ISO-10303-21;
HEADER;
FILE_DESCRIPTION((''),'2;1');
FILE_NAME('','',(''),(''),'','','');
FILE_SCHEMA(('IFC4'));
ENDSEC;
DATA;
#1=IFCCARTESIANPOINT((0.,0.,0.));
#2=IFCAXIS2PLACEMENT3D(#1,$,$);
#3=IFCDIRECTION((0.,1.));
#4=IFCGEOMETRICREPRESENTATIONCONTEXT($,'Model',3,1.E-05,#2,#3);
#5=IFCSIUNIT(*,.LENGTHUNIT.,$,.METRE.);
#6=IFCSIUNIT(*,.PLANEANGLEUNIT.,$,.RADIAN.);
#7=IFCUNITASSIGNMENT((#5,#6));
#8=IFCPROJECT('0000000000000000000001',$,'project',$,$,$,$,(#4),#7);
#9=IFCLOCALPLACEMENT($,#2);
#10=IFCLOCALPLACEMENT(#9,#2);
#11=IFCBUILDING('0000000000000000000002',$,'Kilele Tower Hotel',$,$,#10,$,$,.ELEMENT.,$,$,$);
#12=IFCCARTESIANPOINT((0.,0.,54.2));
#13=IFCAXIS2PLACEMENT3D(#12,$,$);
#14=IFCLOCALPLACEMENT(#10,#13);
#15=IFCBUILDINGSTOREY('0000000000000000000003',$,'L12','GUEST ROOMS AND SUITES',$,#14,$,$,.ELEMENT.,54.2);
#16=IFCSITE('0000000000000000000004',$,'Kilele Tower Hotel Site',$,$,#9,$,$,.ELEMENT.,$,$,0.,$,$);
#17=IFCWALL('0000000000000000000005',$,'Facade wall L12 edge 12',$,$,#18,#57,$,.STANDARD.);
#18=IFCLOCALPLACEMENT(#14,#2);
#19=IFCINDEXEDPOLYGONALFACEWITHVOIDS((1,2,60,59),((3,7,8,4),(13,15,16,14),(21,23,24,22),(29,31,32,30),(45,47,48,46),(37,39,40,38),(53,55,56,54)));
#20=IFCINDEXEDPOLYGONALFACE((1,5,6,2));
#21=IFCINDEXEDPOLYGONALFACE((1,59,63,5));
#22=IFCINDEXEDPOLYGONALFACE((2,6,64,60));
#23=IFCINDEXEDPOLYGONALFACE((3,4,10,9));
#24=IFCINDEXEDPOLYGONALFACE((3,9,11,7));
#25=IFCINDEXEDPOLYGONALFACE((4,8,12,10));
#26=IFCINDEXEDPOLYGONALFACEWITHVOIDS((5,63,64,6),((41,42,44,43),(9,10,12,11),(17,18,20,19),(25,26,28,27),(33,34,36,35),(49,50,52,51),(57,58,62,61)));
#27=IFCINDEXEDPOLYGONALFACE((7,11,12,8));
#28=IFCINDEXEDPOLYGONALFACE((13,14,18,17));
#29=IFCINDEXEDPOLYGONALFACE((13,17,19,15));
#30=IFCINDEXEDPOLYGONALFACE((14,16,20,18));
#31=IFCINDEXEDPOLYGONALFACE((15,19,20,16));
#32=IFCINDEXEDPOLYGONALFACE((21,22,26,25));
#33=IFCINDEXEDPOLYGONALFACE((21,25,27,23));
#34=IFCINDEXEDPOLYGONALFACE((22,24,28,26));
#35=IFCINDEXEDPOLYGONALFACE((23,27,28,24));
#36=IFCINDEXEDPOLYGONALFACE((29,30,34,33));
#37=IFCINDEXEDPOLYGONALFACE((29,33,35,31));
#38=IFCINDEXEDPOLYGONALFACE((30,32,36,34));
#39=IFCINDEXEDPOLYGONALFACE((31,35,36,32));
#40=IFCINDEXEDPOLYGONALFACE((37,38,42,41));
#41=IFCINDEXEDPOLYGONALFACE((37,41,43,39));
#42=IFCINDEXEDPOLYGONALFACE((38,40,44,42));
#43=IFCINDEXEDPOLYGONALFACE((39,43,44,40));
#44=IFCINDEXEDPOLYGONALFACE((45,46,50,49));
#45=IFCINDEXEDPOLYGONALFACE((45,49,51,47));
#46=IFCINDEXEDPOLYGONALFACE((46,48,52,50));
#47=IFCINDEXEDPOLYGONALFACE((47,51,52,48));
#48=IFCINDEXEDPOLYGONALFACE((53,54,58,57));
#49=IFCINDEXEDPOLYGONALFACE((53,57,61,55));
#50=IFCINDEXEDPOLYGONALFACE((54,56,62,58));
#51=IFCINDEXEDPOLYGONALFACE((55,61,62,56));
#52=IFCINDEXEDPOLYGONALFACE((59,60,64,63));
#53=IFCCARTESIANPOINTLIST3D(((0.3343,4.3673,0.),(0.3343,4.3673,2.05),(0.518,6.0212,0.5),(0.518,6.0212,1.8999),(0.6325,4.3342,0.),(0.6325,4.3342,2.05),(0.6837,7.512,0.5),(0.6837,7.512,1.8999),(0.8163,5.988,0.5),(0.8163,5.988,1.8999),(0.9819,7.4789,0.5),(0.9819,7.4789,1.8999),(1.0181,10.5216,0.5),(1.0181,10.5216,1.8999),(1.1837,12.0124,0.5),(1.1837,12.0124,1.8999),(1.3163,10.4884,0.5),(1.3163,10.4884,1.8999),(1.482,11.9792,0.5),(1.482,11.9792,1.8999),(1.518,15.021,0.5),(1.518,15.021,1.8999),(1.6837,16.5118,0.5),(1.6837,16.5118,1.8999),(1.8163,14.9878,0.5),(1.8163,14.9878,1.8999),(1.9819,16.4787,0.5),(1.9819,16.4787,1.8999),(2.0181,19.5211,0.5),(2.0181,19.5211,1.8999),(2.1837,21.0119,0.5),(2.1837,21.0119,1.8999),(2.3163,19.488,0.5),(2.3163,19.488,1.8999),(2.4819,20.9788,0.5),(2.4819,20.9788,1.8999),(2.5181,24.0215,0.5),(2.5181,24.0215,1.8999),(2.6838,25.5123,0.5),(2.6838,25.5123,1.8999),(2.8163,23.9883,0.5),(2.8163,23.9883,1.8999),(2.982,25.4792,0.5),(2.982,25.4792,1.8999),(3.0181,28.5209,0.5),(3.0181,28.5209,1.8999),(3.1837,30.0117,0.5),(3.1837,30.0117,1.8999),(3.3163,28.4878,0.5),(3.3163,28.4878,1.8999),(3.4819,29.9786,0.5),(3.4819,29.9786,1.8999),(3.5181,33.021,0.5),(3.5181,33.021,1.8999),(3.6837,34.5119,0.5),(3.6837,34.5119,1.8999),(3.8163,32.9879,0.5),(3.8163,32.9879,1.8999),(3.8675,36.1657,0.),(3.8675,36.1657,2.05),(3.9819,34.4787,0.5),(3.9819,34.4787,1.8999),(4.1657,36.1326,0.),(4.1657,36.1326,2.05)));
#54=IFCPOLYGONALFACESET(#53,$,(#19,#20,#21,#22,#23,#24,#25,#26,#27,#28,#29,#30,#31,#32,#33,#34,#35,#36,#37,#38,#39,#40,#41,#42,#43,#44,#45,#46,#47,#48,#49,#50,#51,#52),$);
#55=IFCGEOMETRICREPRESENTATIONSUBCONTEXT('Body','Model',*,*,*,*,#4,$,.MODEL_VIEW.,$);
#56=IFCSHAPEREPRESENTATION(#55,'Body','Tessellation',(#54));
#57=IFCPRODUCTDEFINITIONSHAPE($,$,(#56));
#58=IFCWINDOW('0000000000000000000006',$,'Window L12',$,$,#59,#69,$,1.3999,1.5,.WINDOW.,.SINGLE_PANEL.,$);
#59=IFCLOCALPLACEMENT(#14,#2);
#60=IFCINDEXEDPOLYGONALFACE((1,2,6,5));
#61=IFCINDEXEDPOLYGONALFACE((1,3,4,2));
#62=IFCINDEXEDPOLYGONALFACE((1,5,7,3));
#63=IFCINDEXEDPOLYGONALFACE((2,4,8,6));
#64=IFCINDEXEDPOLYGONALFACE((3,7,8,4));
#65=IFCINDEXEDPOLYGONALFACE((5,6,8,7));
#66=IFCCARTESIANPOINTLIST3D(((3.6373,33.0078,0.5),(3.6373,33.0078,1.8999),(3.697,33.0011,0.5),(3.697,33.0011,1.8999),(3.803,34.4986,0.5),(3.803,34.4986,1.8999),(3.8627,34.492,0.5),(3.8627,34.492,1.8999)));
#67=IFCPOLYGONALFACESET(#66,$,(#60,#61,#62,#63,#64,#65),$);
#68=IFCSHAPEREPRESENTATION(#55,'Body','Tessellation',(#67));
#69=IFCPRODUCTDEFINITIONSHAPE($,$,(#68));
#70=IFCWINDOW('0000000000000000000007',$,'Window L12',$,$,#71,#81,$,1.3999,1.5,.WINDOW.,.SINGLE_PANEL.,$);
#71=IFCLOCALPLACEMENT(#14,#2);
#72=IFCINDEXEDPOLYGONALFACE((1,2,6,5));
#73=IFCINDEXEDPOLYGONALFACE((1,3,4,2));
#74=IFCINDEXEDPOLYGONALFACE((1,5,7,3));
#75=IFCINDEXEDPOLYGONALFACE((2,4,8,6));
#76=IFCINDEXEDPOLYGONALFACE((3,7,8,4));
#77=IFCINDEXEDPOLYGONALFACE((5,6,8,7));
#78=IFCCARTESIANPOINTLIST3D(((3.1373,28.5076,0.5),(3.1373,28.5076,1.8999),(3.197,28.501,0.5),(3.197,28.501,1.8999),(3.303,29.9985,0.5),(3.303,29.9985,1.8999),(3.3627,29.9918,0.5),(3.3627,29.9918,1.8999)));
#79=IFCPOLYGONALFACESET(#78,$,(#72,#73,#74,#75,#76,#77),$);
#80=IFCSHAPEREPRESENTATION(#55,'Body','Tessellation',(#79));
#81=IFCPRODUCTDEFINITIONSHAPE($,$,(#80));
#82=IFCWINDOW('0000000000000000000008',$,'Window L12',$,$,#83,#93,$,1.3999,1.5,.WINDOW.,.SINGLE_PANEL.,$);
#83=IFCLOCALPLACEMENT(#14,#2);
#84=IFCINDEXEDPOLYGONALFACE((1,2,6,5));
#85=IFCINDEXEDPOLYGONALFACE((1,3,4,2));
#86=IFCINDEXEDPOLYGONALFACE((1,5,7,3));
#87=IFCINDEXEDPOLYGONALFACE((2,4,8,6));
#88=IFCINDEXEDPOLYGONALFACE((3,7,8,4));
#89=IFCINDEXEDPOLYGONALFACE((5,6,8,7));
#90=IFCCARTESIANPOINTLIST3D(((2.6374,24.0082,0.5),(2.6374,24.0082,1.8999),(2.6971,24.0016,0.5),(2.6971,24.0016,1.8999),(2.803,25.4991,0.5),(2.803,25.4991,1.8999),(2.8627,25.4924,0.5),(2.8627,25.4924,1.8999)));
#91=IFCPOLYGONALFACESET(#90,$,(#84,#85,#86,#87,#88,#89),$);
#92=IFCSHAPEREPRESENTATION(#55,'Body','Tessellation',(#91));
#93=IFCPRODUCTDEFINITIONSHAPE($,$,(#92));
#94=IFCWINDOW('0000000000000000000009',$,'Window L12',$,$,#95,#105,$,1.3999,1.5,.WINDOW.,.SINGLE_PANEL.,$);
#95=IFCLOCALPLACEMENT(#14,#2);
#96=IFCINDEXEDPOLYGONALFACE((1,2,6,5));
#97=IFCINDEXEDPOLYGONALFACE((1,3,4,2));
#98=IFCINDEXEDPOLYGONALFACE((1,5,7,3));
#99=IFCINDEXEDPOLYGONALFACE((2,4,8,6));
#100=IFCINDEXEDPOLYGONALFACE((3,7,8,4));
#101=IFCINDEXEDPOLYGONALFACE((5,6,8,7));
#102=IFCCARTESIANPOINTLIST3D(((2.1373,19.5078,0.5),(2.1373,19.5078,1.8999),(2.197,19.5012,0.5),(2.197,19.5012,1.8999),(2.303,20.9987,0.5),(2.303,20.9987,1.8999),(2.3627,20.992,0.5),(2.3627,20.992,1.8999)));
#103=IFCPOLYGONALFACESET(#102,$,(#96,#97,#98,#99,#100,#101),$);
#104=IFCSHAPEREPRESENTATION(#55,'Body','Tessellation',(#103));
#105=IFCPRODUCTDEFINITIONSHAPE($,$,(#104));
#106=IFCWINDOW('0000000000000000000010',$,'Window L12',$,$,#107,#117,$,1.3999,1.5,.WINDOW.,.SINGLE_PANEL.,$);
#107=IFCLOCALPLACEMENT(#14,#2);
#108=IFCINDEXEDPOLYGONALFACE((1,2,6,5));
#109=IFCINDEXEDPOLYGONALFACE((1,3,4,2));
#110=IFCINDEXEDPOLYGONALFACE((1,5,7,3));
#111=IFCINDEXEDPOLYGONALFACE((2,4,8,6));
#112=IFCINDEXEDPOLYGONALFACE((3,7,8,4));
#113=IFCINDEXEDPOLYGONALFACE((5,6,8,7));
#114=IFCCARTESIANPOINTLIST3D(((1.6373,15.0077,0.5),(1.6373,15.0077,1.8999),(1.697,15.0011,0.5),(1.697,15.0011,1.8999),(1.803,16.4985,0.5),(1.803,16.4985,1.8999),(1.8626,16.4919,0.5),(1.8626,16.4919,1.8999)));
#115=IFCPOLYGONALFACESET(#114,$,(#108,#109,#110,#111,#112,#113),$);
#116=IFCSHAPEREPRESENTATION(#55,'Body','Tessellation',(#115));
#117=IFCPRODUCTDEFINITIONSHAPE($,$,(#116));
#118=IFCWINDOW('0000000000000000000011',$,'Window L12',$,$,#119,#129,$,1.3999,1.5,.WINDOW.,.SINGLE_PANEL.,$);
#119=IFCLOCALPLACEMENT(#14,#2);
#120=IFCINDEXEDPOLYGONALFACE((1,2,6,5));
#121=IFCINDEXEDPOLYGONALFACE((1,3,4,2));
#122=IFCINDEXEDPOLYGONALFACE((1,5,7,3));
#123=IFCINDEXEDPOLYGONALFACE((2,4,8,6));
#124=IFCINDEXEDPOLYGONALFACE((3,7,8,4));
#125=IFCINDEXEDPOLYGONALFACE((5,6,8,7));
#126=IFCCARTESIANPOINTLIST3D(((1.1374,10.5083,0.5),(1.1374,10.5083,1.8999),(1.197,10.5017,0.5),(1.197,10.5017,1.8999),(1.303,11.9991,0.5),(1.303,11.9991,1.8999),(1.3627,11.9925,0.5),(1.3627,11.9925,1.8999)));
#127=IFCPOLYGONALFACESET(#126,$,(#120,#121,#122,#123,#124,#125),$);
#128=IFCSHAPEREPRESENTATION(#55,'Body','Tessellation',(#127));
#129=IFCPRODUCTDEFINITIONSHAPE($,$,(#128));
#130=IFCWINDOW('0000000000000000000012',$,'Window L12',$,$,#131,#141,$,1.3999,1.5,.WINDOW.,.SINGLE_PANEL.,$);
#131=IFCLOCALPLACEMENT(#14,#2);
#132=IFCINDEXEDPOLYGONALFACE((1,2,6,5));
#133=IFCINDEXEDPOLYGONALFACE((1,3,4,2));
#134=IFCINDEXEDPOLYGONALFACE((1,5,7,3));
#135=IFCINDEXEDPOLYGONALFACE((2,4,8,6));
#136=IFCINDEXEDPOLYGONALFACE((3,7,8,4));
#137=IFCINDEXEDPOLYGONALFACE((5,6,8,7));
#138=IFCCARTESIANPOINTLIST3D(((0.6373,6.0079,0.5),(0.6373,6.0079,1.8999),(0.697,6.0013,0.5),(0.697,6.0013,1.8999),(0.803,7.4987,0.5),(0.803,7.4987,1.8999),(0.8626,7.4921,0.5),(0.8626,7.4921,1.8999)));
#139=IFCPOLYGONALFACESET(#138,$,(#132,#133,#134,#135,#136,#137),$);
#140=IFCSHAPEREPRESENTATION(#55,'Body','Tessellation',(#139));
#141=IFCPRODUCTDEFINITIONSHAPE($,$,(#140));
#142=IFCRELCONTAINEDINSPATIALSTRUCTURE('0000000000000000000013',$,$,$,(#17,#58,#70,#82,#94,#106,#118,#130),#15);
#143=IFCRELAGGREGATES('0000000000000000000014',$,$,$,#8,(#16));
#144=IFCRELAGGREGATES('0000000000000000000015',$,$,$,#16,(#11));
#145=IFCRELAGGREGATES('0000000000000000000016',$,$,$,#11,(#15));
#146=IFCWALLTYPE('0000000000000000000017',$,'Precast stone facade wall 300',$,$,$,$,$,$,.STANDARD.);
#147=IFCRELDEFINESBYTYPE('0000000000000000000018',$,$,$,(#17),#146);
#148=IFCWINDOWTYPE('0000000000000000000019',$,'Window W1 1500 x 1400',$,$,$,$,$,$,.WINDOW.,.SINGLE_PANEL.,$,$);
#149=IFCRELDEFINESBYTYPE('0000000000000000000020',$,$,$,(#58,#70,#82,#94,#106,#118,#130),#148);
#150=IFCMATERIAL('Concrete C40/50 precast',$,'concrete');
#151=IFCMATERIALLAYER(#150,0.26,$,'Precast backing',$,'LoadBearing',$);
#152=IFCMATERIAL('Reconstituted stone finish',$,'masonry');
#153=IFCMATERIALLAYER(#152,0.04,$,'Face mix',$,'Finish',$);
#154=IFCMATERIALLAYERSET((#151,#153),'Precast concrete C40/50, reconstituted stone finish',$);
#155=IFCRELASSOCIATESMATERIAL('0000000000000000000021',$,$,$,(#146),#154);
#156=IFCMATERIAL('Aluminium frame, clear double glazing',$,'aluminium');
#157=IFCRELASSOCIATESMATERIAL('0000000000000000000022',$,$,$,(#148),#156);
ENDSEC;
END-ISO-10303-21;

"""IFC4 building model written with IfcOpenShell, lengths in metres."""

from ifc_helpers import new_model, si_unit, direction, frame, frame_2d, origin, place, context, subcontext, project, spatial, rectangle, extrude, material, layer, layer_set, type_object, element, fill, save


model = new_model("IFC4")

# Units and contexts
model_context = context("Model", 3, precision=1e-05, world=origin(), true_north=direction((0.0, 1.0)))
body_context = subcontext(model_context, "Body", "Model", "MODEL_VIEW")
ifc_project = project(units=[si_unit("LENGTHUNIT", "METRE"), si_unit("PLANEANGLEUNIT", "RADIAN")], contexts=[model_context])

# Site, building, storey
site_placement = place(None, origin())
site = spatial("IfcSite", under=ifc_project, at=site_placement, Name="Kilele Tower Hotel Site", CompositionType="ELEMENT", RefElevation=0.0)
building_placement = place(site_placement, origin())
building = spatial("IfcBuilding", under=site, at=building_placement, Name="Kilele Tower Hotel", CompositionType="ELEMENT")
storey_placement = place(building_placement, frame((0.0, 0.0, 54.2)))
storey = spatial("IfcBuildingStorey", under=building, at=storey_placement, Name="L12", Description="GUEST ROOMS AND SUITES", CompositionType="ELEMENT", Elevation=54.2)

# Shared definitions
ifc_material_1 = material(Name="Concrete C40/50 precast", Category="concrete")
ifc_layer_1 = layer(ifc_material_1, 0.26, Name="Precast backing", Category="LoadBearing")
ifc_material_2 = material(Name="Reconstituted stone finish", Category="masonry")
ifc_layer_2 = layer(ifc_material_2, 0.04, Name="Face mix", Category="Finish")
ifc_layer_set_1 = layer_set([ifc_layer_1, ifc_layer_2], Name="Precast concrete C40/50, reconstituted stone finish")
wall_type_1 = type_object("IfcWallType", Name="Precast stone facade wall 300", PredefinedType="STANDARD", material=ifc_layer_set_1)
ifc_material_3 = material(Name="Aluminium frame, clear double glazing", Category="aluminium")
window_type_1 = type_object("IfcWindowType", Name="Window W1 1500 x 1400", PartitioningType="SINGLE_PANEL", PredefinedType="WINDOW", material=ifc_material_3)

# Wall, openings, windows
wall_1_placement = place(storey_placement, frame((4.0166, 36.1492, 0.0), z_axis=(0.0, 0.0, 1.0), x_axis=(-0.110433, -0.993884, 0.0)))
wall_1 = element("IfcWall", 1, at=wall_1_placement, inside=storey, type_object=wall_type_1, Name="Facade wall L12 edge 12", PredefinedType="STANDARD", context=body_context, shape_type="SweptSolid", body=[
    extrude(rectangle(XDim=31.9941, YDim=0.3, at=frame_2d((15.9971, 0.0))), origin(), (0.0, 0.0, 1.0), 2.05),
])
opening_1_placement = place(wall_1_placement, frame((1.6641, 0.0, 0.5)))
opening_1 = element("IfcOpeningElement", 2, at=opening_1_placement, cuts=wall_1, PredefinedType="OPENING", context=body_context, shape_type="SweptSolid", body=[
    extrude(rectangle(XDim=1.5, YDim=1.3999, at=frame_2d((0.75, 0.7))), frame((0.0, 0.1599, 0.0), z_axis=(0.0, -1.0, 0.0), x_axis=(1.0, 0.0, 0.0)), (0.0, 0.0, 1.0), 0.3201),
])
opening_2_placement = place(wall_1_placement, frame((6.1919, 0.0, 0.5)))
opening_2 = element("IfcOpeningElement", 3, at=opening_2_placement, cuts=wall_1, PredefinedType="OPENING", context=body_context, shape_type="SweptSolid", body=[
    extrude(rectangle(XDim=1.5, YDim=1.3999, at=frame_2d((0.75, 0.7))), frame((0.0, 0.1599, 0.0), z_axis=(0.0, -1.0, 0.0), x_axis=(1.0, 0.0, 0.0)), (0.0, 0.0, 1.0), 0.3201),
])
opening_3_placement = place(wall_1_placement, frame((10.719, 0.0, 0.5)))
opening_3 = element("IfcOpeningElement", 4, at=opening_3_placement, cuts=wall_1, PredefinedType="OPENING", context=body_context, shape_type="SweptSolid", body=[
    extrude(rectangle(XDim=1.5, YDim=1.3999, at=frame_2d((0.75, 0.7))), frame((0.0, 0.1599, 0.0), z_axis=(0.0, -1.0, 0.0), x_axis=(1.0, 0.0, 0.0)), (0.0, 0.0, 1.0), 0.3201),
])
opening_4_placement = place(wall_1_placement, frame((15.2471, 0.0, 0.5)))
opening_4 = element("IfcOpeningElement", 5, at=opening_4_placement, cuts=wall_1, PredefinedType="OPENING", context=body_context, shape_type="SweptSolid", body=[
    extrude(rectangle(XDim=1.5, YDim=1.3999, at=frame_2d((0.75, 0.7))), frame((0.0, 0.1599, 0.0), z_axis=(0.0, -1.0, 0.0), x_axis=(1.0, 0.0, 0.0)), (0.0, 0.0, 1.0), 0.3201),
])
opening_5_placement = place(wall_1_placement, frame((19.7749, 0.0, 0.5)))
opening_5 = element("IfcOpeningElement", 6, at=opening_5_placement, cuts=wall_1, PredefinedType="OPENING", context=body_context, shape_type="SweptSolid", body=[
    extrude(rectangle(XDim=1.5, YDim=1.3999, at=frame_2d((0.75, 0.7))), frame((0.0, 0.1599, 0.0), z_axis=(0.0, -1.0, 0.0), x_axis=(1.0, 0.0, 0.0)), (0.0, 0.0, 1.0), 0.3201),
])
opening_6_placement = place(wall_1_placement, frame((24.302, 0.0, 0.5)))
opening_6 = element("IfcOpeningElement", 7, at=opening_6_placement, cuts=wall_1, PredefinedType="OPENING", context=body_context, shape_type="SweptSolid", body=[
    extrude(rectangle(XDim=1.5, YDim=1.3999, at=frame_2d((0.75, 0.7))), frame((0.0, 0.1599, 0.0), z_axis=(0.0, -1.0, 0.0), x_axis=(1.0, 0.0, 0.0)), (0.0, 0.0, 1.0), 0.3201),
])
opening_7_placement = place(wall_1_placement, frame((28.8301, 0.0, 0.5)))
opening_7 = element("IfcOpeningElement", 8, at=opening_7_placement, cuts=wall_1, PredefinedType="OPENING", context=body_context, shape_type="SweptSolid", body=[
    extrude(rectangle(XDim=1.5, YDim=1.3999, at=frame_2d((0.75, 0.7))), frame((0.0, 0.1599, 0.0), z_axis=(0.0, -1.0, 0.0), x_axis=(1.0, 0.0, 0.0)), (0.0, 0.0, 1.0), 0.3201),
])
window_1_placement = place(opening_1_placement, origin())
window_1 = element("IfcWindow", 9, at=window_1_placement, inside=storey, type_object=window_type_1, Name="Window L12", OverallHeight=1.3999, OverallWidth=1.5, PartitioningType="SINGLE_PANEL", PredefinedType="WINDOW", context=body_context, shape_type="SweptSolid", body=[
    extrude(rectangle(XDim=1.5, YDim=1.3999, at=frame_2d((0.75, 0.7))), frame((0.0, 0.03, 0.0), z_axis=(0.0, -1.0, 0.0), x_axis=(1.0, 0.0, 0.0)), (0.0, 0.0, 1.0), 0.0601),
])
fill(opening_1, window_1)
window_2_placement = place(opening_2_placement, origin())
window_2 = element("IfcWindow", 10, at=window_2_placement, inside=storey, type_object=window_type_1, Name="Window L12", OverallHeight=1.3999, OverallWidth=1.5, PartitioningType="SINGLE_PANEL", PredefinedType="WINDOW", context=body_context, shape_type="SweptSolid", body=[
    extrude(rectangle(XDim=1.5, YDim=1.3999, at=frame_2d((0.75, 0.7))), frame((0.0, 0.03, 0.0), z_axis=(0.0, -1.0, 0.0), x_axis=(1.0, 0.0, 0.0)), (0.0, 0.0, 1.0), 0.0601),
])
fill(opening_2, window_2)
window_3_placement = place(opening_3_placement, origin())
window_3 = element("IfcWindow", 11, at=window_3_placement, inside=storey, type_object=window_type_1, Name="Window L12", OverallHeight=1.3999, OverallWidth=1.5, PartitioningType="SINGLE_PANEL", PredefinedType="WINDOW", context=body_context, shape_type="SweptSolid", body=[
    extrude(rectangle(XDim=1.5, YDim=1.3999, at=frame_2d((0.75, 0.7))), frame((0.0, 0.03, 0.0), z_axis=(0.0, -1.0, 0.0), x_axis=(1.0, 0.0, 0.0)), (0.0, 0.0, 1.0), 0.0601),
])
fill(opening_3, window_3)
window_4_placement = place(opening_4_placement, origin())
window_4 = element("IfcWindow", 12, at=window_4_placement, inside=storey, type_object=window_type_1, Name="Window L12", OverallHeight=1.3999, OverallWidth=1.5, PartitioningType="SINGLE_PANEL", PredefinedType="WINDOW", context=body_context, shape_type="SweptSolid", body=[
    extrude(rectangle(XDim=1.5, YDim=1.3999, at=frame_2d((0.75, 0.7))), frame((0.0, 0.03, 0.0), z_axis=(0.0, -1.0, 0.0), x_axis=(1.0, 0.0, 0.0)), (0.0, 0.0, 1.0), 0.0601),
])
fill(opening_4, window_4)
window_5_placement = place(opening_5_placement, origin())
window_5 = element("IfcWindow", 13, at=window_5_placement, inside=storey, type_object=window_type_1, Name="Window L12", OverallHeight=1.3999, OverallWidth=1.5, PartitioningType="SINGLE_PANEL", PredefinedType="WINDOW", context=body_context, shape_type="SweptSolid", body=[
    extrude(rectangle(XDim=1.5, YDim=1.3999, at=frame_2d((0.75, 0.7))), frame((0.0, 0.03, 0.0), z_axis=(0.0, -1.0, 0.0), x_axis=(1.0, 0.0, 0.0)), (0.0, 0.0, 1.0), 0.0601),
])
fill(opening_5, window_5)
window_6_placement = place(opening_6_placement, origin())
window_6 = element("IfcWindow", 14, at=window_6_placement, inside=storey, type_object=window_type_1, Name="Window L12", OverallHeight=1.3999, OverallWidth=1.5, PartitioningType="SINGLE_PANEL", PredefinedType="WINDOW", context=body_context, shape_type="SweptSolid", body=[
    extrude(rectangle(XDim=1.5, YDim=1.3999, at=frame_2d((0.75, 0.7))), frame((0.0, 0.03, 0.0), z_axis=(0.0, -1.0, 0.0), x_axis=(1.0, 0.0, 0.0)), (0.0, 0.0, 1.0), 0.0601),
])
fill(opening_6, window_6)
window_7_placement = place(opening_7_placement, origin())
window_7 = element("IfcWindow", 15, at=window_7_placement, inside=storey, type_object=window_type_1, Name="Window L12", OverallHeight=1.3999, OverallWidth=1.5, PartitioningType="SINGLE_PANEL", PredefinedType="WINDOW", context=body_context, shape_type="SweptSolid", body=[
    extrude(rectangle(XDim=1.5, YDim=1.3999, at=frame_2d((0.75, 0.7))), frame((0.0, 0.03, 0.0), z_axis=(0.0, -1.0, 0.0), x_axis=(1.0, 0.0, 0.0)), (0.0, 0.0, 1.0), 0.0601),
])
fill(opening_7, window_7)

save(model, "model.ifc")
